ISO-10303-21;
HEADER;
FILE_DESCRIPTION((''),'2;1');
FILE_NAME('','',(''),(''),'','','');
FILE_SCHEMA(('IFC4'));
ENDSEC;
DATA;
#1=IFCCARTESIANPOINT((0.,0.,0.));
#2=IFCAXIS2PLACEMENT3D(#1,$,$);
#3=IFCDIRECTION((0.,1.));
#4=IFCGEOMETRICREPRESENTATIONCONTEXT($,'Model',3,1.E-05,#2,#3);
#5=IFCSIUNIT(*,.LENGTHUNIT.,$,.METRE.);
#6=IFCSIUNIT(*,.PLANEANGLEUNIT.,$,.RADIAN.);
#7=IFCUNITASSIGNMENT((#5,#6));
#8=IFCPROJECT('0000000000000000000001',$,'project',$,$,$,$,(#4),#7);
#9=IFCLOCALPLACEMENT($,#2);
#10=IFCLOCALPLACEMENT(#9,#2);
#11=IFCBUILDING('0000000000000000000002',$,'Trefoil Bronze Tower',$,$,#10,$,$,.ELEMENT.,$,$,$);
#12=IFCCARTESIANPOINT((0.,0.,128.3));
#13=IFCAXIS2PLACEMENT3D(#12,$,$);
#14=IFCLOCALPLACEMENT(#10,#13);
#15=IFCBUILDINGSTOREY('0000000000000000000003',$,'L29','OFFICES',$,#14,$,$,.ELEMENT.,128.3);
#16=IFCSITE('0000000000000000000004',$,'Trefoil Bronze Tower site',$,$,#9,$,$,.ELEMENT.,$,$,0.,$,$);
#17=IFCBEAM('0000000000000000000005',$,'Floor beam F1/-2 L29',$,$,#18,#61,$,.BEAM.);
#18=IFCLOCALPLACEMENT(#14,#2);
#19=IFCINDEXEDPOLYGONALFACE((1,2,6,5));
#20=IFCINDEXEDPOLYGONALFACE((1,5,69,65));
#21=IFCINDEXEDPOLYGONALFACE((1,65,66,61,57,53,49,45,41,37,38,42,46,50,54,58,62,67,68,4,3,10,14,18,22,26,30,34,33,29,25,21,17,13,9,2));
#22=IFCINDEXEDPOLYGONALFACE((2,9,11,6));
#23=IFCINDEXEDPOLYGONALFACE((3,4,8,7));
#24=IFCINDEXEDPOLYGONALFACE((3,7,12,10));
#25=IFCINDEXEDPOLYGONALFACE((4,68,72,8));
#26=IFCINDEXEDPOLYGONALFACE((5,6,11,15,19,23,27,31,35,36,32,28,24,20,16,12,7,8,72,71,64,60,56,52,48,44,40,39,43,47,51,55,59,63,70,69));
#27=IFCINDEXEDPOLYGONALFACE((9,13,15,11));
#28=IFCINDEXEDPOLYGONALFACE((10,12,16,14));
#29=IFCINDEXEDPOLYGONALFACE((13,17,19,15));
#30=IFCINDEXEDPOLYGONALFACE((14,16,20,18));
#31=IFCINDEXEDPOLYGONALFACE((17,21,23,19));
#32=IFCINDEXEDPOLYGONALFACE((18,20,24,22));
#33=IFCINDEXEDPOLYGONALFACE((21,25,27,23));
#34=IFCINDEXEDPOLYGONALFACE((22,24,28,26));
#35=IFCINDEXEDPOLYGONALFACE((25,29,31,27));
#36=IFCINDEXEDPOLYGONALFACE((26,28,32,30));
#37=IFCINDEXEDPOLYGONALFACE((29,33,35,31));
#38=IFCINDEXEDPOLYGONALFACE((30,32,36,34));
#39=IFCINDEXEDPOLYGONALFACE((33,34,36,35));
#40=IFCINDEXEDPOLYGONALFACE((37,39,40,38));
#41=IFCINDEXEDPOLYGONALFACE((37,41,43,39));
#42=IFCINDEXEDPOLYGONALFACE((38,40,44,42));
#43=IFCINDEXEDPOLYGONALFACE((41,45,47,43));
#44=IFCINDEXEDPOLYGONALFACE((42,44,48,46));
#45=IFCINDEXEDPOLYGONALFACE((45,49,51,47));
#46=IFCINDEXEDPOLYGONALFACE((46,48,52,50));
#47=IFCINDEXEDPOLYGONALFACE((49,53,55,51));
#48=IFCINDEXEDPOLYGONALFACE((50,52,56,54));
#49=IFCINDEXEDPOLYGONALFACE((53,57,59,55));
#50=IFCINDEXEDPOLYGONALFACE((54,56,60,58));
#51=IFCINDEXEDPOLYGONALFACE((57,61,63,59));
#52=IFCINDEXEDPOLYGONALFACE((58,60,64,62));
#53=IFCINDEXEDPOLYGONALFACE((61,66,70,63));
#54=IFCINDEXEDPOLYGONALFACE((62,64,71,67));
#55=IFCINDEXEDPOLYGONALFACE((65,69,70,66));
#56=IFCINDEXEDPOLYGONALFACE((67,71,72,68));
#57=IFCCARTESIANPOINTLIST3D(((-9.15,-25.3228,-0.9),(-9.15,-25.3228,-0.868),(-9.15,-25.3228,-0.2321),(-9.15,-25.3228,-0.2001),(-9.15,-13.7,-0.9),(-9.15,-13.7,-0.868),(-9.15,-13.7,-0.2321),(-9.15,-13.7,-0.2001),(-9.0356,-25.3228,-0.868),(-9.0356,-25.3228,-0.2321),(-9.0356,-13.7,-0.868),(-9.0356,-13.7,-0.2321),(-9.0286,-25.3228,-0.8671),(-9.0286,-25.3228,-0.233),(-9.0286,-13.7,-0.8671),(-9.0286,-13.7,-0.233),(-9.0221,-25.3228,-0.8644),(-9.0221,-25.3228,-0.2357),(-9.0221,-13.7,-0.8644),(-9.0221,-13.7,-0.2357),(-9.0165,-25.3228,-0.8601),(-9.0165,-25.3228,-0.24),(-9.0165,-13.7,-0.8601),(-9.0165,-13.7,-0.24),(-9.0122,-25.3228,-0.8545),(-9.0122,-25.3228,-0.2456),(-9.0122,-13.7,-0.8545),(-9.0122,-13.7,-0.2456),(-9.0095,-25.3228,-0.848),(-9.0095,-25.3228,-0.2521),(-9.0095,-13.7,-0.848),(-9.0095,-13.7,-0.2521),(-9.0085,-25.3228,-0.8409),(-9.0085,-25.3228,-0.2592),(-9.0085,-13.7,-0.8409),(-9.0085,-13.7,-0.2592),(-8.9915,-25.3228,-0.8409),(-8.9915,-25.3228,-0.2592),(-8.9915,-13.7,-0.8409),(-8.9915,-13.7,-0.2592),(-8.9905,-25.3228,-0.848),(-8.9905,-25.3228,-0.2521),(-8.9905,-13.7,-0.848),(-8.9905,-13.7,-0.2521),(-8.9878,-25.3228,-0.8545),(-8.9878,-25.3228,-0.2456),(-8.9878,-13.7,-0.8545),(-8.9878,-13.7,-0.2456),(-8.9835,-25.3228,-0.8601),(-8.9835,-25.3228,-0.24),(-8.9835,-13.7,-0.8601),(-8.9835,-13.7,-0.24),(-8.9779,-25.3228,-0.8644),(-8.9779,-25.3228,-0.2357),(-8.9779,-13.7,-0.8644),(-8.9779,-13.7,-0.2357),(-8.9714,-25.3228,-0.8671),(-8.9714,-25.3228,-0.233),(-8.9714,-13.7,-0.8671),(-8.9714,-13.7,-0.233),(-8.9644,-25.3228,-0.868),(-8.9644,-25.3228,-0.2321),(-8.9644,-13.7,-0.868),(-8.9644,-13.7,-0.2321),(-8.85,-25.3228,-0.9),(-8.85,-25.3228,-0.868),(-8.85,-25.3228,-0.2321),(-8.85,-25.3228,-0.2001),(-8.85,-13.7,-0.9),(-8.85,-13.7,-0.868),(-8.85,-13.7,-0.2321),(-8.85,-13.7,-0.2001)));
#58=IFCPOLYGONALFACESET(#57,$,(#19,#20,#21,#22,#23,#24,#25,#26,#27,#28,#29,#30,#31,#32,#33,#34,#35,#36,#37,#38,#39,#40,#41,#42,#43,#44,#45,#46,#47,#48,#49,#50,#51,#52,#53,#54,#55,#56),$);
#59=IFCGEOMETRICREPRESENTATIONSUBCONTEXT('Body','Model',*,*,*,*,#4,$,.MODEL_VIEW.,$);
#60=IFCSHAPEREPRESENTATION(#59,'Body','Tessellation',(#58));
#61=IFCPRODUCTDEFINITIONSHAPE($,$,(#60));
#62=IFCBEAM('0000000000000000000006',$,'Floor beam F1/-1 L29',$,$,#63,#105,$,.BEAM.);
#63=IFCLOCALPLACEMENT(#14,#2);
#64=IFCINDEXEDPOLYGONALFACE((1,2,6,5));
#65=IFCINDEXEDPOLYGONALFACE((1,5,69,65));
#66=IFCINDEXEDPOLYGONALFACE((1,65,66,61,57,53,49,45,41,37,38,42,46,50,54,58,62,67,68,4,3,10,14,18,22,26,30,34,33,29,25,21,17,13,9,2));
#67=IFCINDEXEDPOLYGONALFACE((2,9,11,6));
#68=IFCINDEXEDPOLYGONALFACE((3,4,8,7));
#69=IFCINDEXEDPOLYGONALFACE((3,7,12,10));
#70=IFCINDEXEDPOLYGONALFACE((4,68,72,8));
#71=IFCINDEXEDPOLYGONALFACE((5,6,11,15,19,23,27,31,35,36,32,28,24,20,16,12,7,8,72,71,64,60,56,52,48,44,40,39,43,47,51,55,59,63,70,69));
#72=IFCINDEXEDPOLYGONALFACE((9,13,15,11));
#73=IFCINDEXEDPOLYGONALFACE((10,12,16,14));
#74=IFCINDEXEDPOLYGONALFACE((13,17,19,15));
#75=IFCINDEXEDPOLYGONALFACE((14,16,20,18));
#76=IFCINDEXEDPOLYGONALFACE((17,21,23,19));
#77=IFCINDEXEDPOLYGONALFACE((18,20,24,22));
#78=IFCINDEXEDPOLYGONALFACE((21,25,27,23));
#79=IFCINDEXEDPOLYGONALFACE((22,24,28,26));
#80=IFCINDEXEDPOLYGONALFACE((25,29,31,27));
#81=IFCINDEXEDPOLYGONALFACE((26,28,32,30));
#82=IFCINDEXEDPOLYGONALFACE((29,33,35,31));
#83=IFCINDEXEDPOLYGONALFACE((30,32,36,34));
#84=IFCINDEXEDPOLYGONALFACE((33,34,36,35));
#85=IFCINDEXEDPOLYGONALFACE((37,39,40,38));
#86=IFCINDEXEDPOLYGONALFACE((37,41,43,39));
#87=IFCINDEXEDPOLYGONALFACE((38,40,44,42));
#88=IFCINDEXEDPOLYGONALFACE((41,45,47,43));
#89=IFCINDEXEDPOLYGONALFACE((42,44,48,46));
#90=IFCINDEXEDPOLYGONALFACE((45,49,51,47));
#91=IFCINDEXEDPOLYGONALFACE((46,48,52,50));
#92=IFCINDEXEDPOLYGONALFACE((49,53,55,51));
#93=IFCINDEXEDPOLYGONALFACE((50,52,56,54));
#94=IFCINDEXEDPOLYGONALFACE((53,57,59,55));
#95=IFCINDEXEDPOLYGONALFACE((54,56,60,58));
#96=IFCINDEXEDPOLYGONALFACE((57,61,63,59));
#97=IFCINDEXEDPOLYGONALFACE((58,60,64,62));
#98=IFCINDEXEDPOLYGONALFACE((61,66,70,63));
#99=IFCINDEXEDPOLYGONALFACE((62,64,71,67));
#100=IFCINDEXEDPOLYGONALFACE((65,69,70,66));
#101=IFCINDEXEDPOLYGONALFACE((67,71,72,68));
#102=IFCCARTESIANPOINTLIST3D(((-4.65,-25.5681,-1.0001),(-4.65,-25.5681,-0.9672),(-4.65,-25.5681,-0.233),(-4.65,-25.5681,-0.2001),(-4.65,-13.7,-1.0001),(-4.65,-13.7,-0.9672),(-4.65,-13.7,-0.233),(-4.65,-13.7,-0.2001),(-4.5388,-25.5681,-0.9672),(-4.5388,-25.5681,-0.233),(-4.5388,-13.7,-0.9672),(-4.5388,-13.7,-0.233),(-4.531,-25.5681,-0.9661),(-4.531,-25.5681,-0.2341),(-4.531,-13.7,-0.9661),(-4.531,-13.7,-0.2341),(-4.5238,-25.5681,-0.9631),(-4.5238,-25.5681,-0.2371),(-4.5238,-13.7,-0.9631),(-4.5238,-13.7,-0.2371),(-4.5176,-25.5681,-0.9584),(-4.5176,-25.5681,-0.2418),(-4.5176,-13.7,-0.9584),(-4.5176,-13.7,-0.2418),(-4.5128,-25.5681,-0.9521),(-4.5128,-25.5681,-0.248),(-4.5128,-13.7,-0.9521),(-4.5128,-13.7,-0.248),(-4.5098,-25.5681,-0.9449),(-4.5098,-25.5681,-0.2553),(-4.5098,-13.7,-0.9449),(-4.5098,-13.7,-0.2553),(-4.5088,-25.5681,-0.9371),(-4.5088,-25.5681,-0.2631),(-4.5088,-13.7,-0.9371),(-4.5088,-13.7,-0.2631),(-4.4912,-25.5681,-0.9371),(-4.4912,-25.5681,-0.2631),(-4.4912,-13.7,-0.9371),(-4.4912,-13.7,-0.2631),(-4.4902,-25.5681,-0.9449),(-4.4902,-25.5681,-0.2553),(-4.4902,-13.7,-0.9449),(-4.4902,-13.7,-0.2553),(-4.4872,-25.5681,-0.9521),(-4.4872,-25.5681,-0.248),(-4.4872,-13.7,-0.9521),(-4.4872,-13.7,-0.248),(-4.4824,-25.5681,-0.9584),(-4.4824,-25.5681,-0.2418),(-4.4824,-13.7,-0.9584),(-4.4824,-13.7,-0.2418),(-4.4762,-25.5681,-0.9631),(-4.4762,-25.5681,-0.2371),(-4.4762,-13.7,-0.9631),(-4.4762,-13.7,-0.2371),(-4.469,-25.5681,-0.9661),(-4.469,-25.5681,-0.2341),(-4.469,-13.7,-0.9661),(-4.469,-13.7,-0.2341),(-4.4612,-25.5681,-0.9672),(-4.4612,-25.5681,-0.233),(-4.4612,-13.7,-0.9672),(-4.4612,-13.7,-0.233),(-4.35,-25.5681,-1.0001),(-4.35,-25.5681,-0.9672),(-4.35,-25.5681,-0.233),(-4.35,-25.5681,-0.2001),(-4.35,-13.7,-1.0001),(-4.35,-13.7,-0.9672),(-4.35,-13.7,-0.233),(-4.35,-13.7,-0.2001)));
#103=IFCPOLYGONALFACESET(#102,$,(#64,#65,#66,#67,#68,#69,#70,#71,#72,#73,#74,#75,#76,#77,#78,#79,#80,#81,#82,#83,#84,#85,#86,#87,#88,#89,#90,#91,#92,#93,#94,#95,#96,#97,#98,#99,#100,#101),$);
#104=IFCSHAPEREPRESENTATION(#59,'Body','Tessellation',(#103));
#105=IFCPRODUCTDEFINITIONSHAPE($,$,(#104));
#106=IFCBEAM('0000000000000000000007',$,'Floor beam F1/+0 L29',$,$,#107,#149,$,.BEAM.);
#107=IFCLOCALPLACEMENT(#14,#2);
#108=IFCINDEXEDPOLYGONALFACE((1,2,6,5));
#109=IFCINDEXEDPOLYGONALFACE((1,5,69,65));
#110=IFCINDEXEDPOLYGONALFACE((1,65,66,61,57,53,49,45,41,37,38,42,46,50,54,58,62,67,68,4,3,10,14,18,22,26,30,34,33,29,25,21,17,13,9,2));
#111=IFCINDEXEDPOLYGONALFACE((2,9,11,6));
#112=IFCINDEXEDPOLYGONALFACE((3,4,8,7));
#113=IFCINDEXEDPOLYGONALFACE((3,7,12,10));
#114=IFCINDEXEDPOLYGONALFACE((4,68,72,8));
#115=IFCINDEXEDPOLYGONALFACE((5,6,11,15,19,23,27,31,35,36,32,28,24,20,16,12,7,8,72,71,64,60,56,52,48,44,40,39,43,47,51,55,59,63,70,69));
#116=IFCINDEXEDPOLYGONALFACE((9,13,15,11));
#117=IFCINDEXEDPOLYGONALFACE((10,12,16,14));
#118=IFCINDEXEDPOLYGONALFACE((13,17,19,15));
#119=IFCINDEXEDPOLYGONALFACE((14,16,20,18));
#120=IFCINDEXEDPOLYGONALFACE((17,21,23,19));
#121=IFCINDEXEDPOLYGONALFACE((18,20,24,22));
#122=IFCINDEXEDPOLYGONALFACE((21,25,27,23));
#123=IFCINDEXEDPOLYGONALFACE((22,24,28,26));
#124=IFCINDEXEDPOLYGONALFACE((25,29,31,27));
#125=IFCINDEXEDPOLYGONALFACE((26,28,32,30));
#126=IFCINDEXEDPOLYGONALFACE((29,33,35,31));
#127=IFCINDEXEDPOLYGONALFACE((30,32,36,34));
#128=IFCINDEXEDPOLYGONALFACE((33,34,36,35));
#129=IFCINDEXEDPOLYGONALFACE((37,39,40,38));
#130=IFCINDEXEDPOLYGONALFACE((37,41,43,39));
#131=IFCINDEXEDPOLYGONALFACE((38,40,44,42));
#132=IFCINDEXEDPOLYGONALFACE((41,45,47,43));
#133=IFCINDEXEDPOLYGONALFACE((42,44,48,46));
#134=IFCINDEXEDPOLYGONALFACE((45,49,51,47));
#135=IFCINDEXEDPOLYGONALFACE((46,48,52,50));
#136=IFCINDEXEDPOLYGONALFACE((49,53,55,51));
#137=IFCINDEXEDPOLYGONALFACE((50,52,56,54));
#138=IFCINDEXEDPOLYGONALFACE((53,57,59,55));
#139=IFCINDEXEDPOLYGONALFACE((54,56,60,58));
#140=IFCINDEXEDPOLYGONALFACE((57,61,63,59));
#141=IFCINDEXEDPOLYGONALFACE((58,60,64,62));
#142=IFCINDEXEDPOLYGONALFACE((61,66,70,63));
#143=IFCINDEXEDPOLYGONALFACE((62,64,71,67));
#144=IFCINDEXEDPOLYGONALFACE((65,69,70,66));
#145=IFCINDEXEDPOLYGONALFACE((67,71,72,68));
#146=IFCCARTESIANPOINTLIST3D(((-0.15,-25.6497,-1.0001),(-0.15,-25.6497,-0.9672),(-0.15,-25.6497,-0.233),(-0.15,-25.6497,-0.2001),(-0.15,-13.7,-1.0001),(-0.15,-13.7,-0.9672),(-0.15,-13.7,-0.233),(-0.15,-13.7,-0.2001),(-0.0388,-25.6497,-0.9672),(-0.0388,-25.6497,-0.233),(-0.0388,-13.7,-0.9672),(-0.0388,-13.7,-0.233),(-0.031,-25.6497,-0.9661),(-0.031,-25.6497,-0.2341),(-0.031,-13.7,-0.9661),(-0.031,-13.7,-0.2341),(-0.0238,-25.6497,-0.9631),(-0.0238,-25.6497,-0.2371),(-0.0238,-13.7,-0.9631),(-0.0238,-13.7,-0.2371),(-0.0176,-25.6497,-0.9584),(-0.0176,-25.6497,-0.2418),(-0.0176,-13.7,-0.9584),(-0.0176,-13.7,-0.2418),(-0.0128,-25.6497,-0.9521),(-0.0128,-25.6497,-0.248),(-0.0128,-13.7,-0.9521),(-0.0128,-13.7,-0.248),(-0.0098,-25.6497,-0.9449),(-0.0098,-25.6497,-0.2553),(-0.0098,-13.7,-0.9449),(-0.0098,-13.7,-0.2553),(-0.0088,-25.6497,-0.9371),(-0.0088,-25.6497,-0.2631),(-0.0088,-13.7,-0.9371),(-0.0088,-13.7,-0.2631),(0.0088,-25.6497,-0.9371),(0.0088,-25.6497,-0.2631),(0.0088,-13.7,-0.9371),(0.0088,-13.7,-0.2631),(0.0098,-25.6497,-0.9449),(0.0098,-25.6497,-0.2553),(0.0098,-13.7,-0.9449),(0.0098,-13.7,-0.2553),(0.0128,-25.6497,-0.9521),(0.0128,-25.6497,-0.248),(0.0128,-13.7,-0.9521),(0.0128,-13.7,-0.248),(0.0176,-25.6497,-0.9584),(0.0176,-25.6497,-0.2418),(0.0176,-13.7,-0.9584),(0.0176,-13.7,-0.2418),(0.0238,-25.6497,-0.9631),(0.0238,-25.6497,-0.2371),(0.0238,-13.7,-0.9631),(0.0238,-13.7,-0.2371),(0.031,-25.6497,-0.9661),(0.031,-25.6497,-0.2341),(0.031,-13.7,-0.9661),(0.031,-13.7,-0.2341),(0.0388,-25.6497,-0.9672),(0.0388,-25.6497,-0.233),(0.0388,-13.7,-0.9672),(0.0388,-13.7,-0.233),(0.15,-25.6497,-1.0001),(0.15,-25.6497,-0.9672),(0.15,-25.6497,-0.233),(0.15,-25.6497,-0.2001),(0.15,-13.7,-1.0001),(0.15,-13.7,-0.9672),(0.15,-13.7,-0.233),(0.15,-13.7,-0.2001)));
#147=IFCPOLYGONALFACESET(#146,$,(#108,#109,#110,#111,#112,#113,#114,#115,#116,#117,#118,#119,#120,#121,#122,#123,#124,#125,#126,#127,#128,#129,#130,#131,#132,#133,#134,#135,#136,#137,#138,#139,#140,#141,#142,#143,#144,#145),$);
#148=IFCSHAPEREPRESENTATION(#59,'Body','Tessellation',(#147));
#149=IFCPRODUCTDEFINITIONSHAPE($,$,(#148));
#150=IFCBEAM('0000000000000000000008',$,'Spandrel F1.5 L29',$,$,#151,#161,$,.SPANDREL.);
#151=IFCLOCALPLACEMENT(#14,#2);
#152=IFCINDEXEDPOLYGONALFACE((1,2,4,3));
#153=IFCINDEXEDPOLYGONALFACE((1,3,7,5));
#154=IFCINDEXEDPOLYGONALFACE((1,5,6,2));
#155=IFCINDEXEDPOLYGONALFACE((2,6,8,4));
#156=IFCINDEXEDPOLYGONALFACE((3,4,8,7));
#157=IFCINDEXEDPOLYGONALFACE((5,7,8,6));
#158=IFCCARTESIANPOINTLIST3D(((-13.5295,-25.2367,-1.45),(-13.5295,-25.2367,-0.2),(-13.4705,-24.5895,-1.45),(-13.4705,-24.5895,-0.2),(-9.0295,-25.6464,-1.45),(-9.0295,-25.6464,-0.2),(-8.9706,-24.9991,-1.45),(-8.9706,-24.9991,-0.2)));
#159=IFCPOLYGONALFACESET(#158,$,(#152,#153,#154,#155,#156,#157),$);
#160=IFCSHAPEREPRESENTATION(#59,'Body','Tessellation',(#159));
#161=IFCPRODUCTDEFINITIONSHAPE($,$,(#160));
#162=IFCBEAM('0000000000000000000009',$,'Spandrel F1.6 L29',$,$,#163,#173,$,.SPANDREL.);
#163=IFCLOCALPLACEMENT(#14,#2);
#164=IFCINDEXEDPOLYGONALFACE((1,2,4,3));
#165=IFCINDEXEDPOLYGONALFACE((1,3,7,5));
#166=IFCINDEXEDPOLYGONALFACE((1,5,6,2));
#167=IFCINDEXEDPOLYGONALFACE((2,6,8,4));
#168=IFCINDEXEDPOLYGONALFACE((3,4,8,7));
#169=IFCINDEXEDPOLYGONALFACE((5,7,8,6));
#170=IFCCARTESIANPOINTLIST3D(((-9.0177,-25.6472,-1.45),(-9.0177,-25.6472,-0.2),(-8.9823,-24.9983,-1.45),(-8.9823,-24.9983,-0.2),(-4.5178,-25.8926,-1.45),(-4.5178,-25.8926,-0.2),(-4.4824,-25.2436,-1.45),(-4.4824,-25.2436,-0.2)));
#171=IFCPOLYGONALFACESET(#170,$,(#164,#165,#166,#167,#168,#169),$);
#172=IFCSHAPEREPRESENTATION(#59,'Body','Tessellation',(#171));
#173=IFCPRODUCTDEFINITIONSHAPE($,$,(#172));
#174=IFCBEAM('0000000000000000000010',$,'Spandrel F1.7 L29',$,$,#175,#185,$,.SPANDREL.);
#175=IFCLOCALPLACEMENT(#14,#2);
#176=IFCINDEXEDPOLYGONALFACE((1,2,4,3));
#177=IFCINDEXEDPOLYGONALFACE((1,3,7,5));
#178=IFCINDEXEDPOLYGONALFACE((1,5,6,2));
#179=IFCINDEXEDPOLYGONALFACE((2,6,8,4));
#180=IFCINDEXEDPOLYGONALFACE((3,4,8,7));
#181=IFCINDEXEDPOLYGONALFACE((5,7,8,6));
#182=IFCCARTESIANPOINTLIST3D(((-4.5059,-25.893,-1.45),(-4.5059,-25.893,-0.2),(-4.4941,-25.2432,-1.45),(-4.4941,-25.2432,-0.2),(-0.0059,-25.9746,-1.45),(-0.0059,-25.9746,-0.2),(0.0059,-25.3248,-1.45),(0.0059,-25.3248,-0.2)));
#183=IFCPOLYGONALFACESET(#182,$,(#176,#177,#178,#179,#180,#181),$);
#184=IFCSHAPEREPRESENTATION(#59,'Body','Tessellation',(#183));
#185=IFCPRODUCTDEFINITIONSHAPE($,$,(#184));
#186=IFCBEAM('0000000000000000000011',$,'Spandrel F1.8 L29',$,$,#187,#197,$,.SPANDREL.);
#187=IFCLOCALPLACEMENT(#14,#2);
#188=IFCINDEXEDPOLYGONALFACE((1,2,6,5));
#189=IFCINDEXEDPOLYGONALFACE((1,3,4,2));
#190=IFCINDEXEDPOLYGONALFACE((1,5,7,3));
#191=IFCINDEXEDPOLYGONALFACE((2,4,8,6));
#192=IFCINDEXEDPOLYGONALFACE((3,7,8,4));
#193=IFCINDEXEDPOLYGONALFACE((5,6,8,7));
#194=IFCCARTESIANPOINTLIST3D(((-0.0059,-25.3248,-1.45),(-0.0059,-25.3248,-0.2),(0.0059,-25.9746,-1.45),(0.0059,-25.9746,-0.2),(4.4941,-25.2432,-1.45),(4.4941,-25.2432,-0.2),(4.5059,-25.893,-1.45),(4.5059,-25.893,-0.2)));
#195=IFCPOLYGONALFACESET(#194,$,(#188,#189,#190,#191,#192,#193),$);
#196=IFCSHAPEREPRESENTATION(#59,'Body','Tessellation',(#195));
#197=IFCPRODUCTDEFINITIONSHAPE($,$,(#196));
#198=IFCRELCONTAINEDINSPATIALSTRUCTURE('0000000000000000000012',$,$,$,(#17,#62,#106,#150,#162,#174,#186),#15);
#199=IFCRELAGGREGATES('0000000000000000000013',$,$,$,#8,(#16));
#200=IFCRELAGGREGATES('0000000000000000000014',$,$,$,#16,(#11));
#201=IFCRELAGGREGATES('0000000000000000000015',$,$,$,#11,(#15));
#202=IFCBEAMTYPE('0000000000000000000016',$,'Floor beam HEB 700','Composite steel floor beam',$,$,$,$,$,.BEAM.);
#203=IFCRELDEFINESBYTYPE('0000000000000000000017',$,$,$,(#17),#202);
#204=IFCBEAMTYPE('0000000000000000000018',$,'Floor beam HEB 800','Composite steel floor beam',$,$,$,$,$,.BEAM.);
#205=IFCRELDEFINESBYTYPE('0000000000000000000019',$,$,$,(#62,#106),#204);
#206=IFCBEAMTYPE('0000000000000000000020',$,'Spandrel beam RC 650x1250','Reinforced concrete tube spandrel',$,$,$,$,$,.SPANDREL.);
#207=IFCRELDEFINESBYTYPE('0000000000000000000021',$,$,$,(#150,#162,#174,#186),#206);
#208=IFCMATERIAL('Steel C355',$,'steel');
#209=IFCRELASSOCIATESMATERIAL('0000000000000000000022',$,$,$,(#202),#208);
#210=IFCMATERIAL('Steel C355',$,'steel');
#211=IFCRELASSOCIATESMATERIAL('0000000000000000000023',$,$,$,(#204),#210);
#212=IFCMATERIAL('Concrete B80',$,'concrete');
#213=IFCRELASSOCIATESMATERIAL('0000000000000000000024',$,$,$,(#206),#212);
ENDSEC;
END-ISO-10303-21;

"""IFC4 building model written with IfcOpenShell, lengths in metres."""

from ifc_helpers import new_model, si_unit, direction, frame, origin, origin_2d, place, context, subcontext, project, spatial, rectangle, i_section, extrude, material, material_profile, profile_set, type_object, element, save


model = new_model("IFC4")

# Units and contexts
model_context = context("Model", 3, precision=1e-05, world=origin(), true_north=direction((0.0, 1.0)))
body_context = subcontext(model_context, "Body", "Model", "MODEL_VIEW")
ifc_project = project(units=[si_unit("LENGTHUNIT", "METRE"), si_unit("PLANEANGLEUNIT", "RADIAN")], contexts=[model_context])

# Site, building, storey
site_placement = place(None, origin())
site = spatial("IfcSite", under=ifc_project, at=site_placement, Name="Trefoil Bronze Tower site", CompositionType="ELEMENT", RefElevation=0.0)
building_placement = place(site_placement, origin())
building = spatial("IfcBuilding", under=site, at=building_placement, Name="Trefoil Bronze Tower", CompositionType="ELEMENT")
storey_placement = place(building_placement, frame((0.0, 0.0, 128.3)))
storey = spatial("IfcBuildingStorey", under=building, at=storey_placement, Name="L29", Description="OFFICES", CompositionType="ELEMENT", Elevation=128.3)

# Beams
ifc_material_1 = material(Name="Steel C355", Category="steel")
ifc_material_profile_1 = material_profile(ifc_material_1, i_section(OverallWidth=0.3, OverallDepth=0.7, WebThickness=0.0171, FlangeThickness=0.032, FilletRadius=0.0271, at=origin_2d()), Name="HEB 700")
ifc_profile_set_1 = profile_set([ifc_material_profile_1], Name="Steel C355")
beam_type_1 = type_object("IfcBeamType", Name="Floor beam HEB 700", Description="Composite steel floor beam", PredefinedType="BEAM", material=ifc_profile_set_1)
beam_1_placement = place(storey_placement, frame((-9.0, -25.3228, -0.55), z_axis=(0.0, 1.0, 0.0), x_axis=(-1.0, 0.0, 0.0)))
element("IfcBeam", 1, at=beam_1_placement, inside=storey, type_object=beam_type_1, Name="Floor beam F1/-2 L29", PredefinedType="BEAM", context=body_context, shape_type="SweptSolid", body=[
    extrude(i_section(OverallWidth=0.3, OverallDepth=0.7, WebThickness=0.0171, FlangeThickness=0.032, FilletRadius=0.0271, at=origin_2d()), origin(), (0.0, 0.0, 1.0), 11.6228),
])
ifc_material_2 = material(Name="Steel C355", Category="steel")
ifc_material_profile_2 = material_profile(ifc_material_2, i_section(OverallWidth=0.3, OverallDepth=0.8, WebThickness=0.0176, FlangeThickness=0.033, FilletRadius=0.03, at=origin_2d()), Name="HEB 800")
ifc_profile_set_2 = profile_set([ifc_material_profile_2], Name="Steel C355")
beam_type_2 = type_object("IfcBeamType", Name="Floor beam HEB 800", Description="Composite steel floor beam", PredefinedType="BEAM", material=ifc_profile_set_2)
beam_2_placement = place(storey_placement, frame((-4.5, -25.5681, -0.6001), z_axis=(0.0, 1.0, 0.0), x_axis=(-1.0, 0.0, 0.0)))
element("IfcBeam", 2, at=beam_2_placement, inside=storey, type_object=beam_type_2, Name="Floor beam F1/-1 L29", PredefinedType="BEAM", context=body_context, shape_type="SweptSolid", body=[
    extrude(i_section(OverallWidth=0.3, OverallDepth=0.8, WebThickness=0.0176, FlangeThickness=0.033, FilletRadius=0.03, at=origin_2d()), origin(), (0.0, 0.0, 1.0), 11.8682),
])
beam_3_placement = place(storey_placement, frame((0.0, -25.6497, -0.6001), z_axis=(0.0, 1.0, 0.0), x_axis=(-1.0, 0.0, 0.0)))
element("IfcBeam", 3, at=beam_3_placement, inside=storey, type_object=beam_type_2, Name="Floor beam F1/+0 L29", PredefinedType="BEAM", context=body_context, shape_type="SweptSolid", body=[
    extrude(i_section(OverallWidth=0.3, OverallDepth=0.8, WebThickness=0.0176, FlangeThickness=0.033, FilletRadius=0.03, at=origin_2d()), origin(), (0.0, 0.0, 1.0), 11.9497),
])
ifc_material_3 = material(Name="Concrete B80", Category="concrete")
ifc_material_profile_3 = material_profile(ifc_material_3, rectangle(XDim=0.6499, YDim=1.25, at=origin_2d()), Name="RC 650x1250")
ifc_profile_set_3 = profile_set([ifc_material_profile_3], Name="Concrete B80")
beam_type_3 = type_object("IfcBeamType", Name="Spandrel beam RC 650x1250", Description="Reinforced concrete tube spandrel", PredefinedType="SPANDREL", material=ifc_profile_set_3)
beam_4_placement = place(storey_placement, frame((-13.5, -24.9131, -0.825), z_axis=(0.995882, -0.090662, 0.0), x_axis=(0.090662, 0.995882, 0.0)))
element("IfcBeam", 4, at=beam_4_placement, inside=storey, type_object=beam_type_3, Name="Spandrel F1.5 L29", PredefinedType="SPANDREL", context=body_context, shape_type="SweptSolid", body=[
    extrude(rectangle(XDim=0.6499, YDim=1.25, at=origin_2d()), origin(), (0.0, 0.0, 1.0), 4.5186),
])
beam_5_placement = place(storey_placement, frame((-9.0, -25.3228, -0.825), z_axis=(0.998517, -0.054444, 0.0), x_axis=(0.054444, 0.998517, 0.0)))
element("IfcBeam", 5, at=beam_5_placement, inside=storey, type_object=beam_type_3, Name="Spandrel F1.6 L29", PredefinedType="SPANDREL", context=body_context, shape_type="SweptSolid", body=[
    extrude(rectangle(XDim=0.6499, YDim=1.25, at=origin_2d()), origin(), (0.0, 0.0, 1.0), 4.5066),
])
for number, where, z_axis, x_axis, name in (
    (6, (-4.5, -25.5681, -0.825), (0.999836, -0.018118, 0.0), (0.018118, 0.999836, 0.0), "Spandrel F1.7 L29"),
    (7, (0.0, -25.6497, -0.825), (0.999836, 0.018118, 0.0), (-0.018118, 0.999836, 0.0), "Spandrel F1.8 L29"),
):
    element("IfcBeam", number, at=place(storey_placement, frame(where, z_axis=z_axis, x_axis=x_axis)), inside=storey, type_object=beam_type_3, Name=name, PredefinedType="SPANDREL", context=body_context, shape_type="SweptSolid", body=[
        extrude(rectangle(XDim=0.6499, YDim=1.25, at=origin_2d()), origin(), (0.0, 0.0, 1.0), 4.5007),
    ])

save(model, "model.ifc")
